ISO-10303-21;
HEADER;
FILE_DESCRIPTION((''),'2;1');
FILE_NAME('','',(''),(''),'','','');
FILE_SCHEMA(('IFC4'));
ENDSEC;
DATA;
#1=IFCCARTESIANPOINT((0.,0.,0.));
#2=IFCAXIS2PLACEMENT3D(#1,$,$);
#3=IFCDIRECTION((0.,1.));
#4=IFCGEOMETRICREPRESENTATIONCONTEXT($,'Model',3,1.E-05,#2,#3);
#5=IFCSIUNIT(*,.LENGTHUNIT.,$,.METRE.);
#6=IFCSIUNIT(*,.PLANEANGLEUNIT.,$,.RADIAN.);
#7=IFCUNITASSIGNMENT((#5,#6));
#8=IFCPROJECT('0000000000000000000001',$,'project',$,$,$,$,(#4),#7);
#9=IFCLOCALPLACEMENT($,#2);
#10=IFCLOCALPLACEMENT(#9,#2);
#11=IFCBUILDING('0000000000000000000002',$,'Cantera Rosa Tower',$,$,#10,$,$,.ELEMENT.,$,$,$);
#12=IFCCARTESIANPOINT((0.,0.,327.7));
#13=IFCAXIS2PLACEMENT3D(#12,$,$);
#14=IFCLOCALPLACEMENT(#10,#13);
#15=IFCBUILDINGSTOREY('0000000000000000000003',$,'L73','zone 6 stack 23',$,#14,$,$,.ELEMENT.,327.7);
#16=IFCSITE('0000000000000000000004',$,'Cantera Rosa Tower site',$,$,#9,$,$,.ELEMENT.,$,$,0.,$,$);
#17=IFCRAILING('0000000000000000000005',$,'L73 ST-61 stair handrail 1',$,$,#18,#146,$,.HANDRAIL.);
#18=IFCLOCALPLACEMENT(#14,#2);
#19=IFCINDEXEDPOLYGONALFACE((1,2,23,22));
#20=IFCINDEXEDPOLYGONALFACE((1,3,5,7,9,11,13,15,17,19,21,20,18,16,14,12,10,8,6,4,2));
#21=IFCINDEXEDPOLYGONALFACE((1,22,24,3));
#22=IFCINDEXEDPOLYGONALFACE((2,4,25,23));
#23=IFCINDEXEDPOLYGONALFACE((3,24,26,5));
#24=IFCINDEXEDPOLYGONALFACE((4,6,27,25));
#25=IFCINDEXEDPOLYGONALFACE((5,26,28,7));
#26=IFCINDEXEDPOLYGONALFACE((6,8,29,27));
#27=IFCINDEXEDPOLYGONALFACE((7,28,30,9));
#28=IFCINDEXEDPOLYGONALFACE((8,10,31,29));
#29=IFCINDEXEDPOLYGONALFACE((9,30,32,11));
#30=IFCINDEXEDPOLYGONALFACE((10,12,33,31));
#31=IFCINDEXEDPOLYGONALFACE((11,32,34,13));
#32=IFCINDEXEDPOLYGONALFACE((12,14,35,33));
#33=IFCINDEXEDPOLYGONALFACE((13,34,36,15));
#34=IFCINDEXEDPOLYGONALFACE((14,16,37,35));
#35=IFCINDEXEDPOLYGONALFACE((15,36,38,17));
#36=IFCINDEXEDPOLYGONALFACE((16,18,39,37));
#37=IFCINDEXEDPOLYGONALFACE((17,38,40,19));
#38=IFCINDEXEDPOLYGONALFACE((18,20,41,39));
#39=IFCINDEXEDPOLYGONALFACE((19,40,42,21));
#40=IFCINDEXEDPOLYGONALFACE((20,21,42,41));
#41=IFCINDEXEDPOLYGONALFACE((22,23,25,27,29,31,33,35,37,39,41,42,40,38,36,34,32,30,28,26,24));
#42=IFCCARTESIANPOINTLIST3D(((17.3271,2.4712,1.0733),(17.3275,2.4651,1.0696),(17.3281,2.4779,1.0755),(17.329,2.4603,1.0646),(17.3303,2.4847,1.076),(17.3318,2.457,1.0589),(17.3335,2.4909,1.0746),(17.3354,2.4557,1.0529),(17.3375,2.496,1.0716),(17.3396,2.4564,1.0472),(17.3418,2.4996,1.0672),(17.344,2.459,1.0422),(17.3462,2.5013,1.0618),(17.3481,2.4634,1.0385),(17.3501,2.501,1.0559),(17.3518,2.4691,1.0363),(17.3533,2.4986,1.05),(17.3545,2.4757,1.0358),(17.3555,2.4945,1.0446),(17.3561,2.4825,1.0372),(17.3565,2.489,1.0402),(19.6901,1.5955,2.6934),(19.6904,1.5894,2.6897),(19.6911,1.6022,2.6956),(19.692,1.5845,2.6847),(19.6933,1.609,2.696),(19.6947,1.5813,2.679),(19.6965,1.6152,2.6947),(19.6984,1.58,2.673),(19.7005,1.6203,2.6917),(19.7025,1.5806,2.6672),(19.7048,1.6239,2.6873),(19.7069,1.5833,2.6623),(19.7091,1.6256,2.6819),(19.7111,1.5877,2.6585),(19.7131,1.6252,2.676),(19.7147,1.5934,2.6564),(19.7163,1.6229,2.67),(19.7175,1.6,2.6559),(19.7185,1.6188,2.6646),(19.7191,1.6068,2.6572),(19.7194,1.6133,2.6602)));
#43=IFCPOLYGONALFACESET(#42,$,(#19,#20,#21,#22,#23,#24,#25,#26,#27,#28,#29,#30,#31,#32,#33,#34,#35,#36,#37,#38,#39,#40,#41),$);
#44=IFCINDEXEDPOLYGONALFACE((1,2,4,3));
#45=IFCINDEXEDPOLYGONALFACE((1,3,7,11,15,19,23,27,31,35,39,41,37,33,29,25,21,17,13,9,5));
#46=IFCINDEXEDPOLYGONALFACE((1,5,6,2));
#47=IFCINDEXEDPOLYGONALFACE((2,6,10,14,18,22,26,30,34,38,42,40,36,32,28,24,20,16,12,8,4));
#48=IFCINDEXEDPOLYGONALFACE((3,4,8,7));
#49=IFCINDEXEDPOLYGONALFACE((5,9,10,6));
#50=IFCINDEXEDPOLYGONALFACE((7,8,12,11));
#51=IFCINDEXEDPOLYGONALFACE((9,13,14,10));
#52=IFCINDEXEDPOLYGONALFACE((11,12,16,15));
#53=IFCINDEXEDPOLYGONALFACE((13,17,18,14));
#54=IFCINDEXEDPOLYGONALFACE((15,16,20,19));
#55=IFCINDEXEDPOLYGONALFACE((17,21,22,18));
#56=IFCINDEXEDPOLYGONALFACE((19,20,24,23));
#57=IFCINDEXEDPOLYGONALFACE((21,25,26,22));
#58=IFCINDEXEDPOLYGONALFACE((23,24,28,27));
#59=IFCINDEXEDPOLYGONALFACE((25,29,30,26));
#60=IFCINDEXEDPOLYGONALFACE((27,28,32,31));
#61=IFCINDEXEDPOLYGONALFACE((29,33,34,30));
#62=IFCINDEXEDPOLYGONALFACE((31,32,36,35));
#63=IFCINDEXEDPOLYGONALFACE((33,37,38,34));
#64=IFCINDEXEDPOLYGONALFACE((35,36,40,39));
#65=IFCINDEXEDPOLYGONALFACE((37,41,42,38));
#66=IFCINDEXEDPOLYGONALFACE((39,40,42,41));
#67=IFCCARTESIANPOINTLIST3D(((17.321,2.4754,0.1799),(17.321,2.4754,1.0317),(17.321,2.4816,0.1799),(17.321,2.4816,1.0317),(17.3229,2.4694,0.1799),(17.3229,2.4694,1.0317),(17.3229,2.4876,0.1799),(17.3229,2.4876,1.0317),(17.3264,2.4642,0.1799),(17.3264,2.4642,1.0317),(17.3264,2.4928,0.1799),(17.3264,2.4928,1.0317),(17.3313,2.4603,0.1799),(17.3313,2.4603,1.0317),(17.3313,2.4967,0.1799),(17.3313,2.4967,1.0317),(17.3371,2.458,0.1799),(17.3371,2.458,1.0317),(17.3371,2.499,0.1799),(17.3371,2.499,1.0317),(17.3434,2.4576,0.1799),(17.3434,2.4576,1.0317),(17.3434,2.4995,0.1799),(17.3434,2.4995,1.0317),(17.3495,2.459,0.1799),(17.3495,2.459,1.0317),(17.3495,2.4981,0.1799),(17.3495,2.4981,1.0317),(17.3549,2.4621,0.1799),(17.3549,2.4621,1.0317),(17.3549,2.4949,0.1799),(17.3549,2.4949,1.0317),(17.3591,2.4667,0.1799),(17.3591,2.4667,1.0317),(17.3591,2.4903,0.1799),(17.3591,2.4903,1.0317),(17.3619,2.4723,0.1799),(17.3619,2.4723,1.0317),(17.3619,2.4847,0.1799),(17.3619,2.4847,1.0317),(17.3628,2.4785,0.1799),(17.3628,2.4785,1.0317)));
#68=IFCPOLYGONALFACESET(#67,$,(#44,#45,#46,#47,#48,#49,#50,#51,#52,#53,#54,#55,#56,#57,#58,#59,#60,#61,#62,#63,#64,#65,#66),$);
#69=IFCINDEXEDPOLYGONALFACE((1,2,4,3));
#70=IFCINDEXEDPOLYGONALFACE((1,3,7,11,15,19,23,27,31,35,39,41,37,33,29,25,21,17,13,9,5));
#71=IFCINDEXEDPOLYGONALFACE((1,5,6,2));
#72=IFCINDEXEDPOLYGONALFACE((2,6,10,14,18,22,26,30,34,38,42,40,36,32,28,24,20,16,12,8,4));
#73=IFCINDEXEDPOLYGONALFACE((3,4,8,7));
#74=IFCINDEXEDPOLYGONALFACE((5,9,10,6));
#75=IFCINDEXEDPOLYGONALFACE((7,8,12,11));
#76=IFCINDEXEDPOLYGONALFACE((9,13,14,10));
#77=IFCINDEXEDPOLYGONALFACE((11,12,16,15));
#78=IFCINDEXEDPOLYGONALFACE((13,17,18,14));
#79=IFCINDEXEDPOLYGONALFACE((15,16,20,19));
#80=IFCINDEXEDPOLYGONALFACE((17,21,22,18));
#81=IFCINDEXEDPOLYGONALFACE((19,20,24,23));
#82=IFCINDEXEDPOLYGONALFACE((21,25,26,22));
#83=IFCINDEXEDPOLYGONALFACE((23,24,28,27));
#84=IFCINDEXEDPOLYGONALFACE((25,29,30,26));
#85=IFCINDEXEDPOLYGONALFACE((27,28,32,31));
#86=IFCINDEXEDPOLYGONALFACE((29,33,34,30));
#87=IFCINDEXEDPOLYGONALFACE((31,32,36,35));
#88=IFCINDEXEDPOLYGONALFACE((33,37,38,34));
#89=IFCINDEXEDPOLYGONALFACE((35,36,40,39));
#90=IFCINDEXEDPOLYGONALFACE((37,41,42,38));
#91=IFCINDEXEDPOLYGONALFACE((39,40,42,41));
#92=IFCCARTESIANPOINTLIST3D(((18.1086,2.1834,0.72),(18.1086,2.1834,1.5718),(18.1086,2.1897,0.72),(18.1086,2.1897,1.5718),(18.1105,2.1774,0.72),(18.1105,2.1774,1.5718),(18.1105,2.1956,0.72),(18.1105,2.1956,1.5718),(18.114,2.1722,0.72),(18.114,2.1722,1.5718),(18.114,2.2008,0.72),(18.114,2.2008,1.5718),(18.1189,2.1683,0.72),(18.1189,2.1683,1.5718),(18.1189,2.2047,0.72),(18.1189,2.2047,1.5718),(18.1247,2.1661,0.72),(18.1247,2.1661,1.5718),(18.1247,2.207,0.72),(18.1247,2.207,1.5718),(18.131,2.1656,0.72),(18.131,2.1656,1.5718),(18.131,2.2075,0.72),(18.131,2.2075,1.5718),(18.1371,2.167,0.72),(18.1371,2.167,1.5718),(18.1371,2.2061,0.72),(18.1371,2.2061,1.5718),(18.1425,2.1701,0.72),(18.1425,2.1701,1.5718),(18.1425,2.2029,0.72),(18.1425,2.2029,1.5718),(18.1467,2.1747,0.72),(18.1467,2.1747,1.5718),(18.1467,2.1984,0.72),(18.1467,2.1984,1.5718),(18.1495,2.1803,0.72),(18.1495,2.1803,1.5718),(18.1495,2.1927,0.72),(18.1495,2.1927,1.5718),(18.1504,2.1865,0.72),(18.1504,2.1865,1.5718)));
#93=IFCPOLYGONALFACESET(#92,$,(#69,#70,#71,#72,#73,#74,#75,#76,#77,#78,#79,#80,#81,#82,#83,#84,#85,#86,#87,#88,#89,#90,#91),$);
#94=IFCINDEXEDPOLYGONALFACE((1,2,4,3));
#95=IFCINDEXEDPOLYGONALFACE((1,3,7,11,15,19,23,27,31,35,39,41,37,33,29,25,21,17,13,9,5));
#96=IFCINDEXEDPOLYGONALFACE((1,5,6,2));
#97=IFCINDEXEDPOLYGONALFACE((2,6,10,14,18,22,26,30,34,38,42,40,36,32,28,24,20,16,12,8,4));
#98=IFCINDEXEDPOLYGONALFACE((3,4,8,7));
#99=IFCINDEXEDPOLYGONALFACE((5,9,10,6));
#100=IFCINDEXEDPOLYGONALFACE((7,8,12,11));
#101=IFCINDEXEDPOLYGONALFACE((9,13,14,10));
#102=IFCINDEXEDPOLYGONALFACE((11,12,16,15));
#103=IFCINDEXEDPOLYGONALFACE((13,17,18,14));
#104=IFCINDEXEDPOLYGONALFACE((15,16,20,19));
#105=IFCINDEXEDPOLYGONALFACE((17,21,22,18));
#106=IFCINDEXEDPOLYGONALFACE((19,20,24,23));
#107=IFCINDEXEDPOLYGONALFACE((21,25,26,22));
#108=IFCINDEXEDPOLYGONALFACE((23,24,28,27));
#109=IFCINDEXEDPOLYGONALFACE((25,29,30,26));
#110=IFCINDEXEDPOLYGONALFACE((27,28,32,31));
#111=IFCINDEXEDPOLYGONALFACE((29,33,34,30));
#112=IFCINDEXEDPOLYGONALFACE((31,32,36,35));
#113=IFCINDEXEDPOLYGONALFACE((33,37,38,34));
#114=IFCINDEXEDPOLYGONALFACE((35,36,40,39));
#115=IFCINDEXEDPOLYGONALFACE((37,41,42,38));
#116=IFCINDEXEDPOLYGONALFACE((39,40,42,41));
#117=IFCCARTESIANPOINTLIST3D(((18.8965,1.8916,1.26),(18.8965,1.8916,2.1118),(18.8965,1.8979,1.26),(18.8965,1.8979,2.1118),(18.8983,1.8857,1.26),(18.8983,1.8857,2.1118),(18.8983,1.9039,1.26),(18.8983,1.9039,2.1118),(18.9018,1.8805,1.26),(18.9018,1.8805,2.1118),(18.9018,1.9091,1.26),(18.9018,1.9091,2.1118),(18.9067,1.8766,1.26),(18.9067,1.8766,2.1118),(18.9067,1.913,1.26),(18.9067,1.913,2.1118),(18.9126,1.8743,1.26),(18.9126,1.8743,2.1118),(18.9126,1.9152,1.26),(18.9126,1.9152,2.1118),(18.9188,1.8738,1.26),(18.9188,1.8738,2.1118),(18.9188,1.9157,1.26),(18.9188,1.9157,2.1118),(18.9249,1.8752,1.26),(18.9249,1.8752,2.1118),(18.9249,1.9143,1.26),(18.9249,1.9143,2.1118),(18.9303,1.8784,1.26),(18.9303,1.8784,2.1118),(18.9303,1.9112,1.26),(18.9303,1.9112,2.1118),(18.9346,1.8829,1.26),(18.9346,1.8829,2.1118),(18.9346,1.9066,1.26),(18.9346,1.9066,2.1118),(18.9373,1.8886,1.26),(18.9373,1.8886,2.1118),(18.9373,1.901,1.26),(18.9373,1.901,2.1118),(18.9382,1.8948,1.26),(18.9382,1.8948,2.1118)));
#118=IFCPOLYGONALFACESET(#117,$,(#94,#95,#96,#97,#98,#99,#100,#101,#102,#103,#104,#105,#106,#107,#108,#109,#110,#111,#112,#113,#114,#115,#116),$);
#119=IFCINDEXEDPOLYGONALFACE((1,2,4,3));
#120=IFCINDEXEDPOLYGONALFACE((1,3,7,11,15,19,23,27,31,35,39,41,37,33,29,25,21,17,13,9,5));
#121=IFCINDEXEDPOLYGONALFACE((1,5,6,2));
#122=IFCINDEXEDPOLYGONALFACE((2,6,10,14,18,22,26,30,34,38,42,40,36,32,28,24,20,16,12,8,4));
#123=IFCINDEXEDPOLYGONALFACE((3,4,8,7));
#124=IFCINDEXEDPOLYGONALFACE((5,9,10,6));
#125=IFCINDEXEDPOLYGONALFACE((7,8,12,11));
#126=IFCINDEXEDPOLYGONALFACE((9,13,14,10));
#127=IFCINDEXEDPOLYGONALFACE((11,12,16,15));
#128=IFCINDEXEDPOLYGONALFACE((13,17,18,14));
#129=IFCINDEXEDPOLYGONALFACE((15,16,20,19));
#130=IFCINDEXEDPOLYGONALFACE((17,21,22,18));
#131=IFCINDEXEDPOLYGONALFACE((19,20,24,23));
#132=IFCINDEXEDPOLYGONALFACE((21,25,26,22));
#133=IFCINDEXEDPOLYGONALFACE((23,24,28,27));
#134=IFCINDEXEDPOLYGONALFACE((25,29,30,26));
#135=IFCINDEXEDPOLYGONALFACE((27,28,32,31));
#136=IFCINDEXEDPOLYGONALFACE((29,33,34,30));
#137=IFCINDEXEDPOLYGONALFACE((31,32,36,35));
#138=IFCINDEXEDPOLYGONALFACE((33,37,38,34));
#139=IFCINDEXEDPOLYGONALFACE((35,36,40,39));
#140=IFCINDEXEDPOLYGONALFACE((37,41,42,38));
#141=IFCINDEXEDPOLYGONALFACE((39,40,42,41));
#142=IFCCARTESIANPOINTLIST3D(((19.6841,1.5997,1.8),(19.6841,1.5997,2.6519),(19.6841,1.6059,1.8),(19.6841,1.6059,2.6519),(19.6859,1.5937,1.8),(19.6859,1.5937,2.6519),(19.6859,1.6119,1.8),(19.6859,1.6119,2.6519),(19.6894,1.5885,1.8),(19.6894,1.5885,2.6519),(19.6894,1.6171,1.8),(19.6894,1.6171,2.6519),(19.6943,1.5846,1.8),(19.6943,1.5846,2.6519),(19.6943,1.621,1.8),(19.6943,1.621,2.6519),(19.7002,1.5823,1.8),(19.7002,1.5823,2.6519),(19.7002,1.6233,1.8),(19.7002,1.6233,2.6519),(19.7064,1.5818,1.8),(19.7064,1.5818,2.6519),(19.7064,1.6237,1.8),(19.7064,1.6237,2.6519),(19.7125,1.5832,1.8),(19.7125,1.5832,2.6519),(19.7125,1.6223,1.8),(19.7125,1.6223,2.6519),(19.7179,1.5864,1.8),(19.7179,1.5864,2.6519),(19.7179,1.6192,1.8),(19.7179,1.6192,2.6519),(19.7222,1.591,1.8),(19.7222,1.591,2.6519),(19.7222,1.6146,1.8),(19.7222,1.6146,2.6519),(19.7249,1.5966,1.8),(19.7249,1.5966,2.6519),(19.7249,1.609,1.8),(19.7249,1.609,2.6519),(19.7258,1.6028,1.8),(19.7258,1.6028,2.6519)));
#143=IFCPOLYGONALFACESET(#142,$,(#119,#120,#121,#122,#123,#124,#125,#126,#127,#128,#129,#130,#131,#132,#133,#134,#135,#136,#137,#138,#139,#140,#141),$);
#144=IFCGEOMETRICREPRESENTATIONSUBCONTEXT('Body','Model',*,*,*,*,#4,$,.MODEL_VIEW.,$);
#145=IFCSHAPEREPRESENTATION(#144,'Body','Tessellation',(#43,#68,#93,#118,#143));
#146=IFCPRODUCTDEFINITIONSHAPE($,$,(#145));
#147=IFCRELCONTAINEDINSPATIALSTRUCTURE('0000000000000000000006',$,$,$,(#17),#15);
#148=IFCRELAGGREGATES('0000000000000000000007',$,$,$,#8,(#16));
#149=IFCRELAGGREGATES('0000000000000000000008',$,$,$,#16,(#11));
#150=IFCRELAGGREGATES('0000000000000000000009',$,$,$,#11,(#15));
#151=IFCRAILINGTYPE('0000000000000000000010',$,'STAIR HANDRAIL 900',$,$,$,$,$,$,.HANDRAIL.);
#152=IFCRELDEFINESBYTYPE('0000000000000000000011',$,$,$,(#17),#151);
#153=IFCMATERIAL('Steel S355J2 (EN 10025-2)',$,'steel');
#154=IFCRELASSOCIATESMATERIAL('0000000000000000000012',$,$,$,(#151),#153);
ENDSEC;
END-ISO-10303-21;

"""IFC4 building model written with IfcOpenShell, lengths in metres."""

from ifc_helpers import new_model, si_unit, direction, frame, origin, origin_2d, place, context, subcontext, project, spatial, circle, extrude, material, type_object, element, save


model = new_model("IFC4")

# Units and contexts
model_context = context("Model", 3, precision=1e-05, world=origin(), true_north=direction((0.0, 1.0)))
body_context = subcontext(model_context, "Body", "Model", "MODEL_VIEW")
ifc_project = project(units=[si_unit("LENGTHUNIT", "METRE"), si_unit("PLANEANGLEUNIT", "RADIAN")], contexts=[model_context])

# Site, building, storey
site_placement = place(None, origin())
site = spatial("IfcSite", under=ifc_project, at=site_placement, Name="Cantera Rosa Tower site", CompositionType="ELEMENT", RefElevation=0.0)
building_placement = place(site_placement, origin())
building = spatial("IfcBuilding", under=site, at=building_placement, Name="Cantera Rosa Tower", CompositionType="ELEMENT")
storey_placement = place(building_placement, frame((0.0, 0.0, 327.7)))
storey = spatial("IfcBuildingStorey", under=building, at=storey_placement, Name="L73", Description="zone 6 stack 23", CompositionType="ELEMENT", Elevation=327.7)

# Railing
ifc_material_1 = material(Name="Steel S355J2 (EN 10025-2)", Category="steel")
railing_type_1 = type_object("IfcRailingType", Name="STAIR HANDRAIL 900", PredefinedType="HANDRAIL", material=ifc_material_1)
railing_1_placement = place(storey_placement, frame((17.3418, 2.4785, 0.1799)))
element("IfcRailing", 1, at=railing_1_placement, inside=storey, type_object=railing_type_1, Name="L73 ST-61 stair handrail 1", PredefinedType="HANDRAIL", context=body_context, shape_type="SweptSolid", body=[
    extrude(circle(Radius=0.0239, at=origin_2d()), frame((0.0, 0.0, 0.876), z_axis=(0.788748, -0.292307, 0.540772), x_axis=(0.347501, 0.93768, 0.0)), (0.0, 0.0, 1.0), 2.9958),
    extrude(circle(Radius=0.021, at=origin_2d()), origin(), (0.0, 0.0, 1.0), 0.8518),
    extrude(circle(Radius=0.021, at=origin_2d()), frame((0.7876, -0.292, 0.54)), (0.0, 0.0, 1.0), 0.8518),
    extrude(circle(Radius=0.021, at=origin_2d()), frame((1.5754, -0.5837, 1.0801)), (0.0, 0.0, 1.0), 0.8518),
    extrude(circle(Radius=0.021, at=origin_2d()), frame((2.363, -0.8757, 1.6201)), (0.0, 0.0, 1.0), 0.8518),
])

save(model, "model.ifc")
